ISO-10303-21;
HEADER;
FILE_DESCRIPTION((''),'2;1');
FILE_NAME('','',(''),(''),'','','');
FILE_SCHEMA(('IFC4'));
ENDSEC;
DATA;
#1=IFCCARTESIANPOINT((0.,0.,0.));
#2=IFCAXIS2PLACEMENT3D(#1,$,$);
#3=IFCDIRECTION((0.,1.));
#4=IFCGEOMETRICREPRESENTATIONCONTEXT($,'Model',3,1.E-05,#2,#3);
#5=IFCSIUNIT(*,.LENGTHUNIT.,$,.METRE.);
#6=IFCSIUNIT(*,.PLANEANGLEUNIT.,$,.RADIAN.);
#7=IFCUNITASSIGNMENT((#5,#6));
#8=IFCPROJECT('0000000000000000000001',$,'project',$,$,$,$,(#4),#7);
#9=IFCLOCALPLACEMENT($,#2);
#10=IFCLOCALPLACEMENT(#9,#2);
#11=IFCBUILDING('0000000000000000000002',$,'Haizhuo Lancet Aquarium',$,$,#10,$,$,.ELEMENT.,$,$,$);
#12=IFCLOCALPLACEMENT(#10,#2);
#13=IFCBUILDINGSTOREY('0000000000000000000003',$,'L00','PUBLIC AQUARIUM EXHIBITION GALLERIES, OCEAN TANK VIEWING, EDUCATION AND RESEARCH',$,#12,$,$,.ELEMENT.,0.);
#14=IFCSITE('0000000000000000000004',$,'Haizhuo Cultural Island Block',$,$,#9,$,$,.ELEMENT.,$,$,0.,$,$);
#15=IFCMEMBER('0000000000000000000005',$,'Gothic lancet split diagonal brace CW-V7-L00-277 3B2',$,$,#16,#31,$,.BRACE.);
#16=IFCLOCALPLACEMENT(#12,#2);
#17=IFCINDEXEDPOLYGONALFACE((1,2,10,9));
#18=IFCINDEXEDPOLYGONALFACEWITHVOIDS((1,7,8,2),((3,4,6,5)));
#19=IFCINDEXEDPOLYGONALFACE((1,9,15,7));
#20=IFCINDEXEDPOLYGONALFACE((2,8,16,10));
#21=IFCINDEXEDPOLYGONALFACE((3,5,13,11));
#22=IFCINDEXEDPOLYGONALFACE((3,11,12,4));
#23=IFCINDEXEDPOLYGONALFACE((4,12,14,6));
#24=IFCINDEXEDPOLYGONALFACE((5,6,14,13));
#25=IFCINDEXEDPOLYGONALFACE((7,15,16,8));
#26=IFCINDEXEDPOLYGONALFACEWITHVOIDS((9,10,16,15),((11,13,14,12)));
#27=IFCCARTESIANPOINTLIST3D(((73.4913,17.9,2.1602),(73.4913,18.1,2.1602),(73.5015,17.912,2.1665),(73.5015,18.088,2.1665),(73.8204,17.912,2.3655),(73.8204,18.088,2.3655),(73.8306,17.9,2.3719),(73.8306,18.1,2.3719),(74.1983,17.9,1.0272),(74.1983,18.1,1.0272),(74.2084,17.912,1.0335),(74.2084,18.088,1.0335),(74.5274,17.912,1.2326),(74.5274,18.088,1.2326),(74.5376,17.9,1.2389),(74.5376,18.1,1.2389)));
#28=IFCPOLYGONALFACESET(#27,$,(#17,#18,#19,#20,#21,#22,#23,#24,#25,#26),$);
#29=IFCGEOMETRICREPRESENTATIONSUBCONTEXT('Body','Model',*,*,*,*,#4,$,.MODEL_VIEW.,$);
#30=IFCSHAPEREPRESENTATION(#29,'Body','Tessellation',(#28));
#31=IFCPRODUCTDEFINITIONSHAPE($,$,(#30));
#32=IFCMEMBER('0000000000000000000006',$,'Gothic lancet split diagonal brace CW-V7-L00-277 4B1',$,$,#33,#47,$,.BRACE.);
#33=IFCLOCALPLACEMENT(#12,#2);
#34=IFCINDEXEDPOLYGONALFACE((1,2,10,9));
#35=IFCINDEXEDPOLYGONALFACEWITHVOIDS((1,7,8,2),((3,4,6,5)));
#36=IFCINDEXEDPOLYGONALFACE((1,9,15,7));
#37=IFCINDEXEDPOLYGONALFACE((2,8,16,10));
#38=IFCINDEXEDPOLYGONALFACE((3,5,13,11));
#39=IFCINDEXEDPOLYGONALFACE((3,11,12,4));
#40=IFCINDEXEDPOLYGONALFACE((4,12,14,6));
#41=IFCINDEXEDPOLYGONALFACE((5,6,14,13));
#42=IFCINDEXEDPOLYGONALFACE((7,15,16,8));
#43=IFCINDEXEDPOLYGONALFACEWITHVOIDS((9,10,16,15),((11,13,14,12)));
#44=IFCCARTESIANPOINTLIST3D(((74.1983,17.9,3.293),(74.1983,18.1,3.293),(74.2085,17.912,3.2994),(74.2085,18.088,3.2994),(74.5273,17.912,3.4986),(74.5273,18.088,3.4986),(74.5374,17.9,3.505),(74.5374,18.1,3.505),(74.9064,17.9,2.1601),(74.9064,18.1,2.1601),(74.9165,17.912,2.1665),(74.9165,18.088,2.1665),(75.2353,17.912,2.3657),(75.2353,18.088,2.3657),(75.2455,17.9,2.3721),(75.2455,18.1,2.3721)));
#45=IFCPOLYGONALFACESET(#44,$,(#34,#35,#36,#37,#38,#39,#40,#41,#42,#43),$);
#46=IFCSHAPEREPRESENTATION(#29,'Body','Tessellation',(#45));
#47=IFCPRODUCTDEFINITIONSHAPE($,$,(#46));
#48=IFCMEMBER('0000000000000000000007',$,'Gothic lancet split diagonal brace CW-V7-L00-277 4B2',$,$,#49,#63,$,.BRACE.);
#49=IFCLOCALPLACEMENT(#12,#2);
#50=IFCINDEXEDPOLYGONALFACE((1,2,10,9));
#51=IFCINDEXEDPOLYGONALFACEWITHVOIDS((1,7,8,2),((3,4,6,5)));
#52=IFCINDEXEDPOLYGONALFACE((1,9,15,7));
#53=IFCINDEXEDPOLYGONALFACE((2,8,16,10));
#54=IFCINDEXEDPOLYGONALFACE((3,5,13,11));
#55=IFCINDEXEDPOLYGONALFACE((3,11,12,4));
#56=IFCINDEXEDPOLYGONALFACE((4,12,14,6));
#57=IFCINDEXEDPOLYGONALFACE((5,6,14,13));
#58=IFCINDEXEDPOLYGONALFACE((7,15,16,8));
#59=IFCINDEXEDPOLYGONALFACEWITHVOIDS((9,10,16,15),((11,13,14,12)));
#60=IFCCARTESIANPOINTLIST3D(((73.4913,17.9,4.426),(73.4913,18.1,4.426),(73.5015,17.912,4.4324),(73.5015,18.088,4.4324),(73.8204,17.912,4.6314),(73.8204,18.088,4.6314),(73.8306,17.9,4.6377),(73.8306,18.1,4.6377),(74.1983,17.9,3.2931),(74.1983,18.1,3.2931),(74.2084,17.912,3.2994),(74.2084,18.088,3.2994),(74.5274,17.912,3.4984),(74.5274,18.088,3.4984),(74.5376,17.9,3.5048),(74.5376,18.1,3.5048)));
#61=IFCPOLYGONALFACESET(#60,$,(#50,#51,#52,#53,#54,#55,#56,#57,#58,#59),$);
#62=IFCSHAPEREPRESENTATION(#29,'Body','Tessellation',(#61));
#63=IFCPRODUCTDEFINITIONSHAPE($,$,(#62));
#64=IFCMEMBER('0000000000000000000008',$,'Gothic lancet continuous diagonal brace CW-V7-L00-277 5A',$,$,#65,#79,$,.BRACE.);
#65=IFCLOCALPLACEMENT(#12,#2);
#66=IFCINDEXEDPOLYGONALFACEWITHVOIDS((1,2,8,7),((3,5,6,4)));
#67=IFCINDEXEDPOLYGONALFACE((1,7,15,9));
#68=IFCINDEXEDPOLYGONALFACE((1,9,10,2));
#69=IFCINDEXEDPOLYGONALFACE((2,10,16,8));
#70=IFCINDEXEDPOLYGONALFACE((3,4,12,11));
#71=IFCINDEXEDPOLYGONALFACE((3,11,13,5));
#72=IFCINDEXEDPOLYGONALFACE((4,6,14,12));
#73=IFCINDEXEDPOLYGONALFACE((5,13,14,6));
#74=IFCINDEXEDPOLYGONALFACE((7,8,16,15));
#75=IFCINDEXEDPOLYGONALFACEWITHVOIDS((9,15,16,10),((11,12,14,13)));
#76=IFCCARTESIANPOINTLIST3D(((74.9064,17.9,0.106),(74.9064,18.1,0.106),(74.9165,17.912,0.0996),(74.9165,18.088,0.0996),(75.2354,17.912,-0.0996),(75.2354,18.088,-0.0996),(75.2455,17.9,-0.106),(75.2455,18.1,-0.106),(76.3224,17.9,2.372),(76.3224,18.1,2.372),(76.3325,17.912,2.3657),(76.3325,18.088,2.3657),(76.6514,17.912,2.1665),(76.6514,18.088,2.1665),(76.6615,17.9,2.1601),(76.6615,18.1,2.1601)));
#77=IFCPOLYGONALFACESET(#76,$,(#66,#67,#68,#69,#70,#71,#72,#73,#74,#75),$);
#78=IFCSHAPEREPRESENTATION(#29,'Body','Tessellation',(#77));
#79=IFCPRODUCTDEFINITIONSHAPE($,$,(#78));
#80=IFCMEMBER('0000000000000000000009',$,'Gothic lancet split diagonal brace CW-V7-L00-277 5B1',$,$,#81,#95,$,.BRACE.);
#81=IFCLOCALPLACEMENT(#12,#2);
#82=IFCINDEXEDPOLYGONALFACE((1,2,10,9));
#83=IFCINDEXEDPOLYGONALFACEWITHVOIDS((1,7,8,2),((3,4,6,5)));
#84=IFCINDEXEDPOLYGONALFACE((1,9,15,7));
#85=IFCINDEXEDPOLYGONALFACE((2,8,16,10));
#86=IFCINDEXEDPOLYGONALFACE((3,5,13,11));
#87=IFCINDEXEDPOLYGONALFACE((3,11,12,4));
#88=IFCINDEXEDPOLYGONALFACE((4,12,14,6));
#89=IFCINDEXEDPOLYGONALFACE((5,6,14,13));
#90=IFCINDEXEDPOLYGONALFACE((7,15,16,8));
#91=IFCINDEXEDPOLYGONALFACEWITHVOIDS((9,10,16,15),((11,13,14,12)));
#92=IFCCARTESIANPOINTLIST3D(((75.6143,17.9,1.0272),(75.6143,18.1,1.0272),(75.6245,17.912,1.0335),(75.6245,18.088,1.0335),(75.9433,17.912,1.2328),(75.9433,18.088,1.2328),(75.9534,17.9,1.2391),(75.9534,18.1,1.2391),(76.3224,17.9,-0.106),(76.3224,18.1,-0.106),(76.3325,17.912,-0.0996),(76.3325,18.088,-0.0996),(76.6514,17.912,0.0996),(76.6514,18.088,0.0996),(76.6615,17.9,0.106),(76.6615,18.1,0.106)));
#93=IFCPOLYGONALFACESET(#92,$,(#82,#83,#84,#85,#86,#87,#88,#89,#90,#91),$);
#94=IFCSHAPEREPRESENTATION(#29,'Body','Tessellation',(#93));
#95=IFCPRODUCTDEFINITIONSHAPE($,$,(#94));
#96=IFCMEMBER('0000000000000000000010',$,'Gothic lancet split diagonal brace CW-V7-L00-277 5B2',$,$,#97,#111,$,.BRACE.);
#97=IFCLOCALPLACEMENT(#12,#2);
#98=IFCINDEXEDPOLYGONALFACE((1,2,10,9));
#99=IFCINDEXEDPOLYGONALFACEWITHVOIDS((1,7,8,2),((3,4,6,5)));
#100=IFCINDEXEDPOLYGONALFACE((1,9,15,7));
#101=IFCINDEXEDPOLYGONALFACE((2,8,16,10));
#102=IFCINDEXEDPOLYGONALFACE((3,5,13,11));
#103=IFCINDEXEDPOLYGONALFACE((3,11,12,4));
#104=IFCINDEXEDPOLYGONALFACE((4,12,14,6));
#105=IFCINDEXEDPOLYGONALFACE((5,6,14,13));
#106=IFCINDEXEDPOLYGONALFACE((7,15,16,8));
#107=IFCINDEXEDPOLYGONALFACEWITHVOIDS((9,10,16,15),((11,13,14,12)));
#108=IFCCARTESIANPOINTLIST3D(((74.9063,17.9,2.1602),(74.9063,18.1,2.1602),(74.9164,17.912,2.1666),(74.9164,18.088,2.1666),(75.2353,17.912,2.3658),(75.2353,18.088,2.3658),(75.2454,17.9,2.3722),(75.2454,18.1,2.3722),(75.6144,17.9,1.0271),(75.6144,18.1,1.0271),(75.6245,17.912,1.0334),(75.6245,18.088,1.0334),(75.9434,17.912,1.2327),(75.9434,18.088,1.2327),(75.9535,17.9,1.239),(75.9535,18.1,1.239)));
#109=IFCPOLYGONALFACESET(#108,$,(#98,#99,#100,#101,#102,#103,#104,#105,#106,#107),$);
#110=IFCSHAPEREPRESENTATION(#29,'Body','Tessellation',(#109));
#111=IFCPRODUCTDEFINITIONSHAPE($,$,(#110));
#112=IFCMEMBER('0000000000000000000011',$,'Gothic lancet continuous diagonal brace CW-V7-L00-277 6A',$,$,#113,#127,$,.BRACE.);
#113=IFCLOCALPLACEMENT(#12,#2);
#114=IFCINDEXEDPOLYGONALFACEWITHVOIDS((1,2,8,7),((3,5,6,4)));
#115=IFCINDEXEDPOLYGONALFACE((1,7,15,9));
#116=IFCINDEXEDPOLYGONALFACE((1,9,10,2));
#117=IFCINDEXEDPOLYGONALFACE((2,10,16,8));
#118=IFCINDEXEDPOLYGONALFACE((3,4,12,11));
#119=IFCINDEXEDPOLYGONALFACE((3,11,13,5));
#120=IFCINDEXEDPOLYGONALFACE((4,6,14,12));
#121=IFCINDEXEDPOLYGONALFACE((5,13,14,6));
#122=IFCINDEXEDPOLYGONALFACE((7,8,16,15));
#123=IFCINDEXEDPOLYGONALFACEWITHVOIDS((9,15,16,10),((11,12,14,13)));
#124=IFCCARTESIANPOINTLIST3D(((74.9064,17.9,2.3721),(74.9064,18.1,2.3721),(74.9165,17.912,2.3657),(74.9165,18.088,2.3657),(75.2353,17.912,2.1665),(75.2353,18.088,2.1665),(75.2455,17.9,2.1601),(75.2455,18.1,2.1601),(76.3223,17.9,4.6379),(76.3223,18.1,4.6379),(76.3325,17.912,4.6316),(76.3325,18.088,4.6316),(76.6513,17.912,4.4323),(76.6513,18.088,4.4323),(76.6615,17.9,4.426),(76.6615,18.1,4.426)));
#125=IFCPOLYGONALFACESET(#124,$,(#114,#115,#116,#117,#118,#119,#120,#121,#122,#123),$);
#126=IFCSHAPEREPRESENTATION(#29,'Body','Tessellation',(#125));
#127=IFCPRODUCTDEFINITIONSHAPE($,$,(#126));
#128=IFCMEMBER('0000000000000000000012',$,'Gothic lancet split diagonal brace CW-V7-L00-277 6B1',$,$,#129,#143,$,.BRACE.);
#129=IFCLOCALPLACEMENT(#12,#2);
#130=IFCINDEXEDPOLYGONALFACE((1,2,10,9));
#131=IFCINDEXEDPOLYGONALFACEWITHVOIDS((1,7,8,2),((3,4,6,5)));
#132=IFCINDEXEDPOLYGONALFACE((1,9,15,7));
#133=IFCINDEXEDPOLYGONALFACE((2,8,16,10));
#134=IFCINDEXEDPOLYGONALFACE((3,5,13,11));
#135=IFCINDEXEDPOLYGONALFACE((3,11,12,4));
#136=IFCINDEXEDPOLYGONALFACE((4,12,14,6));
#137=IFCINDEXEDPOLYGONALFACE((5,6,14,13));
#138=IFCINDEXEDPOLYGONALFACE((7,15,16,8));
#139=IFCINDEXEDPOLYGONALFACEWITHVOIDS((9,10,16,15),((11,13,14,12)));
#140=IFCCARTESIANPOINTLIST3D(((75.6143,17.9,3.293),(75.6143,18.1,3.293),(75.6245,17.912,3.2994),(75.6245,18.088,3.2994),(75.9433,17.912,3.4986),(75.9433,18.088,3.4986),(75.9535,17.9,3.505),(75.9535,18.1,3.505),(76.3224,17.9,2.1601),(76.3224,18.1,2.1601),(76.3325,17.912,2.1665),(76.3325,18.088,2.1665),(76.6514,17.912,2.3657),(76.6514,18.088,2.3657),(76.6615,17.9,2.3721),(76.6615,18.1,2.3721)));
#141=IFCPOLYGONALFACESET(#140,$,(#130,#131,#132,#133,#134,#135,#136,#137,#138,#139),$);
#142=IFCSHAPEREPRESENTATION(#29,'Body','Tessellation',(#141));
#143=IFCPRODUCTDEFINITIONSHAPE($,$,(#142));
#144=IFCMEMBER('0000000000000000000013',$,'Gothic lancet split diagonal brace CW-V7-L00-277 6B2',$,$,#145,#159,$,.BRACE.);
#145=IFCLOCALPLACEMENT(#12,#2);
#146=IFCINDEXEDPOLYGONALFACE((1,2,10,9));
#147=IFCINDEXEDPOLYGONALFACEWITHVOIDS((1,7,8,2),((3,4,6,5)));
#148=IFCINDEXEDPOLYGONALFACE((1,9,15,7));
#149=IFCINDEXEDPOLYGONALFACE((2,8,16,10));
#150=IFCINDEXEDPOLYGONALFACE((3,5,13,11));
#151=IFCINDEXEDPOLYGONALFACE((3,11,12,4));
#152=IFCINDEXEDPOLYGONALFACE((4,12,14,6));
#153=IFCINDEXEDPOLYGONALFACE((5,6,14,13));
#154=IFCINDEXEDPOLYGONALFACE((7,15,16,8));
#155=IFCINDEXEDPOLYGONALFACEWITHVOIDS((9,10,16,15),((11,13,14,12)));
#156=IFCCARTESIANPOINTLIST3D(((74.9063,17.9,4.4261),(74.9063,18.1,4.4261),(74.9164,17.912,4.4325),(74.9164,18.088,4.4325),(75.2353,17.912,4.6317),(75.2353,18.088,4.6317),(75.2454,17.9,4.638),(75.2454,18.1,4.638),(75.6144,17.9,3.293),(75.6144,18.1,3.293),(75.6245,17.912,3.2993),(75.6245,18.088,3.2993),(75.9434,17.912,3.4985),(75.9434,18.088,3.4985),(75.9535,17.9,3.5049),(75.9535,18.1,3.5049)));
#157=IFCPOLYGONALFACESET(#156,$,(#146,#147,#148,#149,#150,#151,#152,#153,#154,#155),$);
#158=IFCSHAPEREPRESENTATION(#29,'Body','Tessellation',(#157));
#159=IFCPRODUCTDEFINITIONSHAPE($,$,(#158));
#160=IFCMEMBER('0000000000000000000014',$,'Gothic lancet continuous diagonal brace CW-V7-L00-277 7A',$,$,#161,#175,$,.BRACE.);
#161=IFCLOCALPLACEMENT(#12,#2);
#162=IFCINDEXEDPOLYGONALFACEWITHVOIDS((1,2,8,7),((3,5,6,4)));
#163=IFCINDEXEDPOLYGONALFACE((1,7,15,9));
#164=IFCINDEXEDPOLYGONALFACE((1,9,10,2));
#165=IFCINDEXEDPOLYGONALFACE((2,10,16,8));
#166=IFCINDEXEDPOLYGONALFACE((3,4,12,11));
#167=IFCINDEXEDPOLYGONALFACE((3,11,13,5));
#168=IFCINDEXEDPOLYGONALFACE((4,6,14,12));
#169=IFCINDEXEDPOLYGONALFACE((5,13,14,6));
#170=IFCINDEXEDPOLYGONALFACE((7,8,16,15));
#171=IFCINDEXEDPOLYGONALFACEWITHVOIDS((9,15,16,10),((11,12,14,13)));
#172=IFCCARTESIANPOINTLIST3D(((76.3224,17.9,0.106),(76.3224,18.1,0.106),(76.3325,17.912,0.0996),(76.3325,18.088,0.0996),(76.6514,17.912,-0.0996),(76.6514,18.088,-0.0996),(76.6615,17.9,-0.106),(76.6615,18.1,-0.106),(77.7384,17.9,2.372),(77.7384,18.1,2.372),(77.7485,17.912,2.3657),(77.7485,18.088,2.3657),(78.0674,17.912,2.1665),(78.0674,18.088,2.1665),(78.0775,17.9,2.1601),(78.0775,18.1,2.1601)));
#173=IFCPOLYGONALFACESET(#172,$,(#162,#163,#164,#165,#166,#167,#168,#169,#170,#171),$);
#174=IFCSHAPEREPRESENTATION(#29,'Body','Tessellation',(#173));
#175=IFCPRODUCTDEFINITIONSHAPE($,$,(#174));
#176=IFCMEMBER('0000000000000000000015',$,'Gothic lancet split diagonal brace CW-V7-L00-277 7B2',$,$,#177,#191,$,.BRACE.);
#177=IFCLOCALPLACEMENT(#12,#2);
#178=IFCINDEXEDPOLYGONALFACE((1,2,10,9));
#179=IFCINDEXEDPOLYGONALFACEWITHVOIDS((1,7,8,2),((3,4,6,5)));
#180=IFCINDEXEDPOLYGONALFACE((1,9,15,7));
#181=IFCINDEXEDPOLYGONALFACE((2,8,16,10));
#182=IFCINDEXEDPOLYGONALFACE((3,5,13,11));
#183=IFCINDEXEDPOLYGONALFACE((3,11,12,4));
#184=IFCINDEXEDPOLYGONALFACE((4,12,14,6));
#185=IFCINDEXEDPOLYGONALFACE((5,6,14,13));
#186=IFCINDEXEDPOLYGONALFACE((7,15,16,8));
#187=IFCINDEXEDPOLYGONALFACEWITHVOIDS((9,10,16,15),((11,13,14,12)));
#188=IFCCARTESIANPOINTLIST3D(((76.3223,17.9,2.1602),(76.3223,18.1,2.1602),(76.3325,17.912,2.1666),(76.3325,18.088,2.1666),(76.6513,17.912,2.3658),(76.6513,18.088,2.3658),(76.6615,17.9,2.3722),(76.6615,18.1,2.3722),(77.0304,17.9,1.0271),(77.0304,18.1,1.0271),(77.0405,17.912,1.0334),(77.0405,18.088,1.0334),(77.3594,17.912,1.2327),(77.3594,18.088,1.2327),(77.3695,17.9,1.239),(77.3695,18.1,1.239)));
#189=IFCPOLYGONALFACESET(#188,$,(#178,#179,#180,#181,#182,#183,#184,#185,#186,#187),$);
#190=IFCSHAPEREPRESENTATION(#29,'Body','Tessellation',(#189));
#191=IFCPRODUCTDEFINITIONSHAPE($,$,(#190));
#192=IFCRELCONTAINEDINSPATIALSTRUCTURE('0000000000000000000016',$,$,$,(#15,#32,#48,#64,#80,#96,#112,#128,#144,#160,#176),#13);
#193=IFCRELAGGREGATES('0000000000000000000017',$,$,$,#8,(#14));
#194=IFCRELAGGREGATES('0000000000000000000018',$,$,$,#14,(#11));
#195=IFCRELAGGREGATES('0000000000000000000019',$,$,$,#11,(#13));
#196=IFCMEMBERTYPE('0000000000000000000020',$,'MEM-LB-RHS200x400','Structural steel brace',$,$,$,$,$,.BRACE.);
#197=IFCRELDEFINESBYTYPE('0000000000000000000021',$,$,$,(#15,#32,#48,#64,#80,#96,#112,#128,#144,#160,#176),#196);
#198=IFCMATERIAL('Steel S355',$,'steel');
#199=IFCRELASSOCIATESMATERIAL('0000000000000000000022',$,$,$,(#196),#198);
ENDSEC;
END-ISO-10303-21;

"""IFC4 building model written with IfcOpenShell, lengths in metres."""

from ifc_helpers import new_model, si_unit, direction, frame, origin, origin_2d, place, context, subcontext, project, spatial, hollow_rectangle, extrude, material, material_profile, profile_set, type_object, element, save


model = new_model("IFC4")

# Units and contexts
model_context = context("Model", 3, precision=1e-05, world=origin(), true_north=direction((0.0, 1.0)))
body_context = subcontext(model_context, "Body", "Model", "MODEL_VIEW")
ifc_project = project(units=[si_unit("LENGTHUNIT", "METRE"), si_unit("PLANEANGLEUNIT", "RADIAN")], contexts=[model_context])

# Site, building, storey
site_placement = place(None, origin())
site = spatial("IfcSite", under=ifc_project, at=site_placement, Name="Haizhuo Cultural Island Block", CompositionType="ELEMENT", RefElevation=0.0)
building_placement = place(site_placement, origin())
building = spatial("IfcBuilding", under=site, at=building_placement, Name="Haizhuo Lancet Aquarium", CompositionType="ELEMENT")
storey_placement = place(building_placement, origin())
storey = spatial("IfcBuildingStorey", under=building, at=storey_placement, Name="L00", Description="PUBLIC AQUARIUM EXHIBITION GALLERIES, OCEAN TANK VIEWING, EDUCATION AND RESEARCH", CompositionType="ELEMENT", Elevation=0.0)

# Members
ifc_material_1 = material(Name="Steel S355", Category="steel")
ifc_material_profile_1 = material_profile(ifc_material_1, hollow_rectangle(XDim=0.2, YDim=0.3999, WallThickness=0.012, at=origin_2d()), Name="RHS 200x400x12")
ifc_profile_set_1 = profile_set([ifc_material_profile_1], Name="Steel S355")
member_type_1 = type_object("IfcMemberType", Name="MEM-LB-RHS200x400", Description="Structural steel brace", PredefinedType="BRACE", material=ifc_profile_set_1)
member_1_placement = place(storey_placement, frame((74.3679, 18.0, 1.1331), z_axis=(-0.529391, 0.0, 0.848378), x_axis=(0.0, -1.0, 0.0)))
element("IfcMember", 1, at=member_1_placement, inside=storey, type_object=member_type_1, Name="Gothic lancet split diagonal brace CW-V7-L00-277 3B2", PredefinedType="BRACE", context=body_context, shape_type="SweptSolid", body=[
    extrude(hollow_rectangle(XDim=0.2, YDim=0.3999, WallThickness=0.012, at=origin_2d()), origin(), (0.0, 0.0, 1.0), 1.3354),
])
member_2_placement = place(storey_placement, frame((75.0759, 18.0, 2.2661), z_axis=(-0.529999, 0.0, 0.847998), x_axis=(0.0, -1.0, 0.0)))
element("IfcMember", 2, at=member_2_placement, inside=storey, type_object=member_type_1, Name="Gothic lancet split diagonal brace CW-V7-L00-277 4B1", PredefinedType="BRACE", context=body_context, shape_type="SweptSolid", body=[
    extrude(hollow_rectangle(XDim=0.2, YDim=0.3999, WallThickness=0.012, at=origin_2d()), origin(), (0.0, 0.0, 1.0), 1.3359),
])
member_3_placement = place(storey_placement, frame((74.3679, 18.0, 3.3989), z_axis=(-0.529391, 0.0, 0.848378), x_axis=(0.0, -1.0, 0.0)))
element("IfcMember", 3, at=member_3_placement, inside=storey, type_object=member_type_1, Name="Gothic lancet split diagonal brace CW-V7-L00-277 4B2", PredefinedType="BRACE", context=body_context, shape_type="SweptSolid", body=[
    extrude(hollow_rectangle(XDim=0.2, YDim=0.3999, WallThickness=0.012, at=origin_2d()), origin(), (0.0, 0.0, 1.0), 1.3354),
])
member_4_placement = place(storey_placement, frame((75.0759, 18.0, 0.0), z_axis=(0.529917, 0.0, 0.84805), x_axis=(0.0, 1.0, 0.0)))
element("IfcMember", 4, at=member_4_placement, inside=storey, type_object=member_type_1, Name="Gothic lancet continuous diagonal brace CW-V7-L00-277 5A", PredefinedType="BRACE", context=body_context, shape_type="SweptSolid", body=[
    extrude(hollow_rectangle(XDim=0.2, YDim=0.3999, WallThickness=0.012, at=origin_2d()), origin(), (0.0, 0.0, 1.0), 2.6721),
])
for number, where, z_axis, x_axis, name in (
    (5, (76.4919, 18.0, 0.0), (-0.529917, 0.0, 0.84805), (0.0, -1.0, 0.0), "Gothic lancet split diagonal brace CW-V7-L00-277 5B1"),
    (6, (75.7839, 18.0, 1.1331), (-0.529917, 0.0, 0.84805), (0.0, -1.0, 0.0), "Gothic lancet split diagonal brace CW-V7-L00-277 5B2"),
):
    element("IfcMember", number, at=place(storey_placement, frame(where, z_axis=z_axis, x_axis=x_axis)), inside=storey, type_object=member_type_1, Name=name, PredefinedType="BRACE", context=body_context, shape_type="SweptSolid", body=[
        extrude(hollow_rectangle(XDim=0.2, YDim=0.3999, WallThickness=0.012, at=origin_2d()), origin(), (0.0, 0.0, 1.0), 1.3362),
    ])
member_5_placement = place(storey_placement, frame((75.0759, 18.0, 2.2661), z_axis=(0.529958, 0.0, 0.848024), x_axis=(0.0, 1.0, 0.0)))
element("IfcMember", 7, at=member_5_placement, inside=storey, type_object=member_type_1, Name="Gothic lancet continuous diagonal brace CW-V7-L00-277 6A", PredefinedType="BRACE", context=body_context, shape_type="SweptSolid", body=[
    extrude(hollow_rectangle(XDim=0.2, YDim=0.3999, WallThickness=0.012, at=origin_2d()), origin(), (0.0, 0.0, 1.0), 2.6719),
])
member_6_placement = place(storey_placement, frame((76.4919, 18.0, 2.2661), z_axis=(-0.529999, 0.0, 0.847998), x_axis=(0.0, -1.0, 0.0)))
element("IfcMember", 8, at=member_6_placement, inside=storey, type_object=member_type_1, Name="Gothic lancet split diagonal brace CW-V7-L00-277 6B1", PredefinedType="BRACE", context=body_context, shape_type="SweptSolid", body=[
    extrude(hollow_rectangle(XDim=0.2, YDim=0.3999, WallThickness=0.012, at=origin_2d()), origin(), (0.0, 0.0, 1.0), 1.3359),
])
member_7_placement = place(storey_placement, frame((75.7839, 18.0, 3.3989), z_axis=(-0.529917, 0.0, 0.84805), x_axis=(0.0, -1.0, 0.0)))
element("IfcMember", 9, at=member_7_placement, inside=storey, type_object=member_type_1, Name="Gothic lancet split diagonal brace CW-V7-L00-277 6B2", PredefinedType="BRACE", context=body_context, shape_type="SweptSolid", body=[
    extrude(hollow_rectangle(XDim=0.2, YDim=0.3999, WallThickness=0.012, at=origin_2d()), origin(), (0.0, 0.0, 1.0), 1.3362),
])
member_8_placement = place(storey_placement, frame((76.4919, 18.0, 0.0), z_axis=(0.529917, 0.0, 0.84805), x_axis=(0.0, 1.0, 0.0)))
element("IfcMember", 10, at=member_8_placement, inside=storey, type_object=member_type_1, Name="Gothic lancet continuous diagonal brace CW-V7-L00-277 7A", PredefinedType="BRACE", context=body_context, shape_type="SweptSolid", body=[
    extrude(hollow_rectangle(XDim=0.2, YDim=0.3999, WallThickness=0.012, at=origin_2d()), origin(), (0.0, 0.0, 1.0), 2.6721),
])
member_9_placement = place(storey_placement, frame((77.2, 18.0, 1.1331), z_axis=(-0.529917, 0.0, 0.84805), x_axis=(0.0, -1.0, 0.0)))
element("IfcMember", 11, at=member_9_placement, inside=storey, type_object=member_type_1, Name="Gothic lancet split diagonal brace CW-V7-L00-277 7B2", PredefinedType="BRACE", context=body_context, shape_type="SweptSolid", body=[
    extrude(hollow_rectangle(XDim=0.2, YDim=0.3999, WallThickness=0.012, at=origin_2d()), origin(), (0.0, 0.0, 1.0), 1.3362),
])

save(model, "model.ifc")
